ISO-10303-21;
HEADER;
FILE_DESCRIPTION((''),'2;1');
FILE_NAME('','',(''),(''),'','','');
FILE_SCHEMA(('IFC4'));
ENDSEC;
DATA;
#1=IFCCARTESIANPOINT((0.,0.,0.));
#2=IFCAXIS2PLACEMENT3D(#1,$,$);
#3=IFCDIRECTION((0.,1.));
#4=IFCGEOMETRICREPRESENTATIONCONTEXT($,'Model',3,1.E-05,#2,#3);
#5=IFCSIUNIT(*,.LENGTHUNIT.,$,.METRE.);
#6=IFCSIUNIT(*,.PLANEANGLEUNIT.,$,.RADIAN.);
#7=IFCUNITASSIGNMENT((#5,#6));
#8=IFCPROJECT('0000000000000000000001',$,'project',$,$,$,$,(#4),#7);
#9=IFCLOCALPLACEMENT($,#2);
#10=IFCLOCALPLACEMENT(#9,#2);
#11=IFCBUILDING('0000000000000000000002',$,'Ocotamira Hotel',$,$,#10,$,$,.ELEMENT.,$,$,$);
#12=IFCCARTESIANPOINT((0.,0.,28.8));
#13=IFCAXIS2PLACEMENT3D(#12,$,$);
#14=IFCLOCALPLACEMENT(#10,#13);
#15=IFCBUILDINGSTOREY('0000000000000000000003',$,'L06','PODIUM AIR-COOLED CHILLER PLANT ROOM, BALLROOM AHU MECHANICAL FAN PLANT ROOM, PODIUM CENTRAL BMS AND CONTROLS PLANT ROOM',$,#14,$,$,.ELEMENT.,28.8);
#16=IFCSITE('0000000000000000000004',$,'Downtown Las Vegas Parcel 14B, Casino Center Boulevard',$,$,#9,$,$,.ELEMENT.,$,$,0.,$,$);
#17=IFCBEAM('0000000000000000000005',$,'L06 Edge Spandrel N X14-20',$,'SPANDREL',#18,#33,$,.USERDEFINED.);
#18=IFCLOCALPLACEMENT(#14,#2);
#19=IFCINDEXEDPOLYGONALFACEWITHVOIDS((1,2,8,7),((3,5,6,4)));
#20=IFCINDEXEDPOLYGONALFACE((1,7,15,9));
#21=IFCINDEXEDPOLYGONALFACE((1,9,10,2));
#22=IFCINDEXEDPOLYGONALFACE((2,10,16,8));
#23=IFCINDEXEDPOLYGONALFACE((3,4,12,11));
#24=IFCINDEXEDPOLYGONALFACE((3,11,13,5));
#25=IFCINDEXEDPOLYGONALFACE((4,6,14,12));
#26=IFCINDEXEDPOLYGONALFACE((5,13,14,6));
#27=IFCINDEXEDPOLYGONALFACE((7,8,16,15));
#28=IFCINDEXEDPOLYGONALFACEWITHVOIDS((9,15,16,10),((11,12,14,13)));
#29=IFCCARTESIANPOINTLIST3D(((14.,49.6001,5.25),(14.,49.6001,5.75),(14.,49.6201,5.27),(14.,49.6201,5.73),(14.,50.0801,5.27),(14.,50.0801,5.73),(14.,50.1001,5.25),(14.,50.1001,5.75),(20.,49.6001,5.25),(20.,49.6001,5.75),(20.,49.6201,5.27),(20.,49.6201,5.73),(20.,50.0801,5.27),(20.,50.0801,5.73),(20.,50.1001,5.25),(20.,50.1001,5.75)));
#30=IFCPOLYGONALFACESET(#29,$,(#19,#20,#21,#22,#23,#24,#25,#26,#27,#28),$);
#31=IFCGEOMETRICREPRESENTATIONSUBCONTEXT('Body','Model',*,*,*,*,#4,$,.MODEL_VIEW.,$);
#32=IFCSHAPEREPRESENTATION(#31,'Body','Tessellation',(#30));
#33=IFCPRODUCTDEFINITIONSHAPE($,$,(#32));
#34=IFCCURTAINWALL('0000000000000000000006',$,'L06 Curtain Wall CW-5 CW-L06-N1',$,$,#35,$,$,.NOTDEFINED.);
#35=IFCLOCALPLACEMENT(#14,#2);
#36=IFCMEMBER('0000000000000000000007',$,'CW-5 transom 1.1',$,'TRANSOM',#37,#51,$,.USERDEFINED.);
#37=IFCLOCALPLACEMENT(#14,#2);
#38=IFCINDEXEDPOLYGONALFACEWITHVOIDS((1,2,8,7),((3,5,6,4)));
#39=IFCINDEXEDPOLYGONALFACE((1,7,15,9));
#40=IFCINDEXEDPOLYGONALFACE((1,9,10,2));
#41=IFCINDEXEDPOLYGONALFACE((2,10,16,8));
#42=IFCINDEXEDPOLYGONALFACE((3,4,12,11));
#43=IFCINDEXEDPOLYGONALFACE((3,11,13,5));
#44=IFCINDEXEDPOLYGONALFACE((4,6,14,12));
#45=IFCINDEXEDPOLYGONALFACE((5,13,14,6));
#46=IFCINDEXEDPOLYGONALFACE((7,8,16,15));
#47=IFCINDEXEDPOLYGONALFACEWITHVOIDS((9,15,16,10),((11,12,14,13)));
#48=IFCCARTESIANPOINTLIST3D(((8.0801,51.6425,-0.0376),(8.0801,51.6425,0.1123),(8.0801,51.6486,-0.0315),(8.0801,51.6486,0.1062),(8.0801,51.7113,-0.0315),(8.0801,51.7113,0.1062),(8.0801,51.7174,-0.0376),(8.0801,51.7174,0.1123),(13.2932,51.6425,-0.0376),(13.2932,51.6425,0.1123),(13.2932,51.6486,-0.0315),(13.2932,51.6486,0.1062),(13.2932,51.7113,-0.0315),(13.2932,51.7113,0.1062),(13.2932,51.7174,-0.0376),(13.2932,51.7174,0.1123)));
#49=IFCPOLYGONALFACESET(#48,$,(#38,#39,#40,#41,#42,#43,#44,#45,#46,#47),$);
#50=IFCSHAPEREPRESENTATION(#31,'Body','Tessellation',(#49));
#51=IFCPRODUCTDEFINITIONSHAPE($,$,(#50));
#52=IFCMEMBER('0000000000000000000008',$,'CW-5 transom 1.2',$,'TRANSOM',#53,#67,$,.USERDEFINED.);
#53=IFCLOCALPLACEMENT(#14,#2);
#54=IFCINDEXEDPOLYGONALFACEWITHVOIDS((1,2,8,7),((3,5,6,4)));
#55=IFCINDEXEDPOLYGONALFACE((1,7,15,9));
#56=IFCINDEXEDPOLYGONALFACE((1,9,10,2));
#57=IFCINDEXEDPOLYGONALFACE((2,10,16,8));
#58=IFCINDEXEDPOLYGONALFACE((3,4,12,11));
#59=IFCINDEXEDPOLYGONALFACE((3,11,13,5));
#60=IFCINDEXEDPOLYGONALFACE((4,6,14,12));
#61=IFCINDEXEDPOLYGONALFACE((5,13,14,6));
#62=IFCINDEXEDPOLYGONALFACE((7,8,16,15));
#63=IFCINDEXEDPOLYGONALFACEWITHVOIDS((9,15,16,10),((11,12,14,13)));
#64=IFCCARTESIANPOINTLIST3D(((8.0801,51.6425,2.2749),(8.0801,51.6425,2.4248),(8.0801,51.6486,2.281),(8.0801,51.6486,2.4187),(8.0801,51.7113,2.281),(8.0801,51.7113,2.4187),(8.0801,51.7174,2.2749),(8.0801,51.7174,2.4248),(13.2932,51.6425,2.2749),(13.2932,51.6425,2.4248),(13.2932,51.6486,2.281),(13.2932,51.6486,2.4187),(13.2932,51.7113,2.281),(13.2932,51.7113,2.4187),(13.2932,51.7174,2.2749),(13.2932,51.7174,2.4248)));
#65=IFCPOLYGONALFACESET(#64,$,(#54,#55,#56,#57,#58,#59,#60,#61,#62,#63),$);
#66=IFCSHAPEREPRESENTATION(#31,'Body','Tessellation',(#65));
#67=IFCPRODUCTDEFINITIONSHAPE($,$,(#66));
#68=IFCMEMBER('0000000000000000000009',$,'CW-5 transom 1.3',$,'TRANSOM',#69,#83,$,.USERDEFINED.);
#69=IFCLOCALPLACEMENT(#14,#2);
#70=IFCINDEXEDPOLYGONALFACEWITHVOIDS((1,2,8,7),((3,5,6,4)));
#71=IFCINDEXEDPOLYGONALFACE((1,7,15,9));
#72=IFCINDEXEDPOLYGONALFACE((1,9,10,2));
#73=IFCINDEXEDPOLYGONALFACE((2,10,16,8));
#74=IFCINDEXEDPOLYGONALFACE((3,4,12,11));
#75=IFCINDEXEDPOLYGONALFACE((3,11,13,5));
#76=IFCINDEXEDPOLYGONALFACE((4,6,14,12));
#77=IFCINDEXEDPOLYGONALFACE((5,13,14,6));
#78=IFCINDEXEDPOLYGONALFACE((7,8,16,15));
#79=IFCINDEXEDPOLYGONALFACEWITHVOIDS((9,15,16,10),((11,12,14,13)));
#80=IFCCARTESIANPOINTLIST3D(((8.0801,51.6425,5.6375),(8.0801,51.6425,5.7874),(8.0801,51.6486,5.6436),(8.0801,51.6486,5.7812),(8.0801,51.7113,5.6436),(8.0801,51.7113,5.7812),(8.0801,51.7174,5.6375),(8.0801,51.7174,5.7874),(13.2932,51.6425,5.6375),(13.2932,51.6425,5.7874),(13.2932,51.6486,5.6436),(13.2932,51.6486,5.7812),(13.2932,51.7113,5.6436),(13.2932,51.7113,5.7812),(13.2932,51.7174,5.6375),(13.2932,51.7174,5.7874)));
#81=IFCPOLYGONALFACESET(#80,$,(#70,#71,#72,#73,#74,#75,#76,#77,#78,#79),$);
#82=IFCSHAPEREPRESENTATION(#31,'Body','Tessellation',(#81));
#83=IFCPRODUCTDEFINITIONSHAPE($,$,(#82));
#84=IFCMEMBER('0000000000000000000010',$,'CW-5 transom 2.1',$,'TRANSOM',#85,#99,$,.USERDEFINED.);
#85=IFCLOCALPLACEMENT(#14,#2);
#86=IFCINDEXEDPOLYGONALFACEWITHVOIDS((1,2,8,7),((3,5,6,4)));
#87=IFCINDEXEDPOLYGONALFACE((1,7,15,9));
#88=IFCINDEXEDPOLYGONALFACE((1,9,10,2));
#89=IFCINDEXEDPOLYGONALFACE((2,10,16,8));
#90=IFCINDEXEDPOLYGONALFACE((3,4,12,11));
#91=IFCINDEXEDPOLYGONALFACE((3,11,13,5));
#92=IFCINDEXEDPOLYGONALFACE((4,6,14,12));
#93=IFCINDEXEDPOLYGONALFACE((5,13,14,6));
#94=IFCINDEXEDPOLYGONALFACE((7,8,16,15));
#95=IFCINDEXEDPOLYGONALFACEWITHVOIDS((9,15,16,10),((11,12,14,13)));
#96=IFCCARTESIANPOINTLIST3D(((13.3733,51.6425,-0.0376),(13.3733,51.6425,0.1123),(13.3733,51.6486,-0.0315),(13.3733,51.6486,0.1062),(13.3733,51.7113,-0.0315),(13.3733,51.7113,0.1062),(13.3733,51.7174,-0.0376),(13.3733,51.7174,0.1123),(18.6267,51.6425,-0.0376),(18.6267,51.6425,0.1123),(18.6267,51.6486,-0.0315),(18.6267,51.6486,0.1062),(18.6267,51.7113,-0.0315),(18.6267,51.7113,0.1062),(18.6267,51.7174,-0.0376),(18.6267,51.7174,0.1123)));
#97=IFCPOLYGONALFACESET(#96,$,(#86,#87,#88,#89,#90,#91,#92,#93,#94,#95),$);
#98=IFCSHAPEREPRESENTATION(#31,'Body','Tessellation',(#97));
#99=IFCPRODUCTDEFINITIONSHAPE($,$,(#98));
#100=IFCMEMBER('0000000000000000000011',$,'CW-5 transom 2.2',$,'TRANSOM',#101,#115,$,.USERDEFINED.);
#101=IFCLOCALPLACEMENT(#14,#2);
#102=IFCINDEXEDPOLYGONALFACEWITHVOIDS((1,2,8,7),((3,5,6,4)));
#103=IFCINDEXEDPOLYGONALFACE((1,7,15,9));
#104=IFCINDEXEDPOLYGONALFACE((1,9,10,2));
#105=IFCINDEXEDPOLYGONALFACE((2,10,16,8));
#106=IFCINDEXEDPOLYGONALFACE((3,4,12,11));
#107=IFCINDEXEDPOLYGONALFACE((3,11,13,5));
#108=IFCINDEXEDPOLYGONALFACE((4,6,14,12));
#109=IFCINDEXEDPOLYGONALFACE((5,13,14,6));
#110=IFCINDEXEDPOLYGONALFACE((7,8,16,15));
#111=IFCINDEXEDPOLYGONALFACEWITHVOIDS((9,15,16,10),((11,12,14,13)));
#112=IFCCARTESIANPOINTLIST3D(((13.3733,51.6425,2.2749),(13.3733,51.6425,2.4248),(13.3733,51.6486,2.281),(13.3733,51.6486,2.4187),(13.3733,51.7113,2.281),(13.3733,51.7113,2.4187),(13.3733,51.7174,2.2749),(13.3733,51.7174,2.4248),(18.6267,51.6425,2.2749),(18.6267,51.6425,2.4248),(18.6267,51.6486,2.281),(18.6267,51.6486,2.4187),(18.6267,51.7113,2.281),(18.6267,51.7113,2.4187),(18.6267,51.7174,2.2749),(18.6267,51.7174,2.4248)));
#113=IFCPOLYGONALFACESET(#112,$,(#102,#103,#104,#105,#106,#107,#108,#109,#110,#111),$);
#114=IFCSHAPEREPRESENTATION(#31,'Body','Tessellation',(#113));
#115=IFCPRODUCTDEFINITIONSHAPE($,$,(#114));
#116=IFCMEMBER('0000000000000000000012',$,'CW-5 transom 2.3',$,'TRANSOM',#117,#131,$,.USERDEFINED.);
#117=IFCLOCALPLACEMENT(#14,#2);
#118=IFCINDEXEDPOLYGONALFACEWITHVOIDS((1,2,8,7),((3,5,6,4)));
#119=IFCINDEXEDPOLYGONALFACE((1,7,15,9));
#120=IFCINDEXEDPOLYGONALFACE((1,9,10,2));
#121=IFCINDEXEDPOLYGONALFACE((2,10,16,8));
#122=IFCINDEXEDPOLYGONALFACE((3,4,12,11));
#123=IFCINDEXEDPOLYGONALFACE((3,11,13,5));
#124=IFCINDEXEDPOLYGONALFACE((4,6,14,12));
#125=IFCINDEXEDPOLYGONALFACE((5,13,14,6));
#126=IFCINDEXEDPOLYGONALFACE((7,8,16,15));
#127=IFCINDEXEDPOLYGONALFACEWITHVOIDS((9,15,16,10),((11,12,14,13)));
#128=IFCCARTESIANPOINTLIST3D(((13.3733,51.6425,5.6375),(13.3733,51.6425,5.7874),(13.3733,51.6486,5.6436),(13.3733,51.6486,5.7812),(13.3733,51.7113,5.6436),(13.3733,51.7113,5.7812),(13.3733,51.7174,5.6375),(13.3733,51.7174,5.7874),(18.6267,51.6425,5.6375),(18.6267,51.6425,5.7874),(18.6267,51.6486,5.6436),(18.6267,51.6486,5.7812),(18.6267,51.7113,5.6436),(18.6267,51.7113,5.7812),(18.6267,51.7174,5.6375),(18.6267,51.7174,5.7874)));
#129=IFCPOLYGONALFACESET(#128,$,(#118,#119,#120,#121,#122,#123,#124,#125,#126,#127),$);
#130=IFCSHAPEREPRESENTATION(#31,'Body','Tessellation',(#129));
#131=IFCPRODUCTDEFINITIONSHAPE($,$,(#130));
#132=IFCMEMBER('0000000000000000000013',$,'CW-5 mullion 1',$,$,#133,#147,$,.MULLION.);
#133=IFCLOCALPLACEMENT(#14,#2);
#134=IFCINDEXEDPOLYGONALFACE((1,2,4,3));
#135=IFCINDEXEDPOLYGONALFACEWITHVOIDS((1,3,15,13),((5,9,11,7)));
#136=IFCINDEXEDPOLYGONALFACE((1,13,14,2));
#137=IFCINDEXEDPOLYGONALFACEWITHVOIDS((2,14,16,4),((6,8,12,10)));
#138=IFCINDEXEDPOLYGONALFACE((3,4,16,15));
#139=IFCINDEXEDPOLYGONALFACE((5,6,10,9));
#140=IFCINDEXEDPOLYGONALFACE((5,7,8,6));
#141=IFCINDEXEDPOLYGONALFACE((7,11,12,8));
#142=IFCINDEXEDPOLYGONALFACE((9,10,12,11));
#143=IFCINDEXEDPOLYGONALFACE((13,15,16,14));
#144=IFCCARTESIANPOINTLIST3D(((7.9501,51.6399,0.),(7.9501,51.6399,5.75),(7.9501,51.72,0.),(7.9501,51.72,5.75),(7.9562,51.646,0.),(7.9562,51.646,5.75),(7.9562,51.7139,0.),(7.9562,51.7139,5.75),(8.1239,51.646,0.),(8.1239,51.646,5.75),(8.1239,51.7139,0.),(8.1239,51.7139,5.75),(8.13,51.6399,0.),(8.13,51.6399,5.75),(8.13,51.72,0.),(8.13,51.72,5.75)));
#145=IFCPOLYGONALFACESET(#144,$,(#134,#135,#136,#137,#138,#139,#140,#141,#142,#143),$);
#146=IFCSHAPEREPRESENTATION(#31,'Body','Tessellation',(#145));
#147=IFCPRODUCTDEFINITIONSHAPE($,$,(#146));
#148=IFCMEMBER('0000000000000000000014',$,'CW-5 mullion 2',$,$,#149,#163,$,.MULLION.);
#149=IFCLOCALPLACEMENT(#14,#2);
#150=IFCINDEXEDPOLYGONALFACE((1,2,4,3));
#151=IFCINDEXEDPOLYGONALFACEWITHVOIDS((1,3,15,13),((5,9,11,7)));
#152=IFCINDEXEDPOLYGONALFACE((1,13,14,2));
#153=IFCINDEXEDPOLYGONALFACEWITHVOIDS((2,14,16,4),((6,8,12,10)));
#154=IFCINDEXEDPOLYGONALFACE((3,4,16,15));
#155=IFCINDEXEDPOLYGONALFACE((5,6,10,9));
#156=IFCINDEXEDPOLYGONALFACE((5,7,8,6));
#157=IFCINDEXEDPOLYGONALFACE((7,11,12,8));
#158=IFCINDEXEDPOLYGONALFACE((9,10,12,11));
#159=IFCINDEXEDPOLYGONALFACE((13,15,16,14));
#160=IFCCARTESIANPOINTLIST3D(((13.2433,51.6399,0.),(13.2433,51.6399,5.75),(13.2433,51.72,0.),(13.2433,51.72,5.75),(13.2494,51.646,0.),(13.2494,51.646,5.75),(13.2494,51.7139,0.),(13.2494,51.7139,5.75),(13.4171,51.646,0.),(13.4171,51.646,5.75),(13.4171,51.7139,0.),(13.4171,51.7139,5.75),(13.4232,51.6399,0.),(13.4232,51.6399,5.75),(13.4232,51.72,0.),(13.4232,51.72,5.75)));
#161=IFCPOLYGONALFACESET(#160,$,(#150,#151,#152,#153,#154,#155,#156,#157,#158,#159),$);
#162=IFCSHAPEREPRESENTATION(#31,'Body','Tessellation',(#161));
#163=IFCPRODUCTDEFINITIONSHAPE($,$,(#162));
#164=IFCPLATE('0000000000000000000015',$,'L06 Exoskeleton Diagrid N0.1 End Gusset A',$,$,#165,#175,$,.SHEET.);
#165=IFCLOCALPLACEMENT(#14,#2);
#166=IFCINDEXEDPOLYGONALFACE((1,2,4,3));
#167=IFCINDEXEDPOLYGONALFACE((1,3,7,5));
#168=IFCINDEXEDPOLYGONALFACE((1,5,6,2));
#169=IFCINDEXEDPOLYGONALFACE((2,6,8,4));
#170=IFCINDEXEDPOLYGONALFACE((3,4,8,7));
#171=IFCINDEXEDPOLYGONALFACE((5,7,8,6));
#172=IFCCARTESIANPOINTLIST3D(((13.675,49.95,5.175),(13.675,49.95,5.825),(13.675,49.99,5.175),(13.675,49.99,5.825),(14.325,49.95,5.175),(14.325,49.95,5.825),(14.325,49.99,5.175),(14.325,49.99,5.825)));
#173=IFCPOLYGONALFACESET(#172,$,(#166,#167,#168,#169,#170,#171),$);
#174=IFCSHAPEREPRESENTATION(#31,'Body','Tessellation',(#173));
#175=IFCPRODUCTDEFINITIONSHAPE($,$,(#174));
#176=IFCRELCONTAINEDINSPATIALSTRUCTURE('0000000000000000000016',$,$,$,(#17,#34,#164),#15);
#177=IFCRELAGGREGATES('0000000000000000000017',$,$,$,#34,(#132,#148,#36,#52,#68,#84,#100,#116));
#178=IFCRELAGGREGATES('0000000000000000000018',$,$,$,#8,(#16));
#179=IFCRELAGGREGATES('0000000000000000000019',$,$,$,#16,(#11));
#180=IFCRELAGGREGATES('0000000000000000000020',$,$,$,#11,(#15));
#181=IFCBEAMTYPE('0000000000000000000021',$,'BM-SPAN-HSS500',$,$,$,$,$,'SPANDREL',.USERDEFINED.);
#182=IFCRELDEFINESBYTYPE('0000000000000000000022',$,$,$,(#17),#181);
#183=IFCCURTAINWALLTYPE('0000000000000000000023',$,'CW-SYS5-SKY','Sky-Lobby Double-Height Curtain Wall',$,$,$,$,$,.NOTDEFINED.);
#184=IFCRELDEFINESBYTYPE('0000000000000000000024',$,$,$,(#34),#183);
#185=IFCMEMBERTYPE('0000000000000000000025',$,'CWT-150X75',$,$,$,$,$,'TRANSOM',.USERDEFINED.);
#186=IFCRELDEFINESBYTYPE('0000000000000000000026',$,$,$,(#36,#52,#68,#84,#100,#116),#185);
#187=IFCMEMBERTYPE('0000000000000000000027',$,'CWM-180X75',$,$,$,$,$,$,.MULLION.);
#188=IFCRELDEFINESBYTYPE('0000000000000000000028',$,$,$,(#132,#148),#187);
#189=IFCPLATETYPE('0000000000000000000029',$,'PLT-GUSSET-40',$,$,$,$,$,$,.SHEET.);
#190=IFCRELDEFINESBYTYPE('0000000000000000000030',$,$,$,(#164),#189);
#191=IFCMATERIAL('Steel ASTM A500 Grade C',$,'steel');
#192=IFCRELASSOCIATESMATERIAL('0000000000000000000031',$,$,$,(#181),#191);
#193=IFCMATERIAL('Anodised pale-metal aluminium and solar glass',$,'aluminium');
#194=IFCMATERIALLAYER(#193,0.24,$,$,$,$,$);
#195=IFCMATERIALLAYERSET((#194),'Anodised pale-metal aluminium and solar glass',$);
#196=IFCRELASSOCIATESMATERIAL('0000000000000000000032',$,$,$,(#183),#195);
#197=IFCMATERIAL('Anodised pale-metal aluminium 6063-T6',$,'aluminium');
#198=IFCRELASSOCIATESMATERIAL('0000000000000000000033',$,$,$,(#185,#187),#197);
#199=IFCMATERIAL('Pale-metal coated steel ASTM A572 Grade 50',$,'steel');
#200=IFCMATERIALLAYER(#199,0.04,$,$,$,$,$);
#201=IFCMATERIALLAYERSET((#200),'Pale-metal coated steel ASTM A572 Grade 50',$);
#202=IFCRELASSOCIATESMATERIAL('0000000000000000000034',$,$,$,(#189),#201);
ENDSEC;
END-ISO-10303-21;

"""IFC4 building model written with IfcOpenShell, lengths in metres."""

from ifc_helpers import new_model, si_unit, direction, frame, origin, origin_2d, place, context, subcontext, project, spatial, rectangle, hollow_rectangle, extrude, source, transform, mapped, material, layer, layer_set, material_profile, profile_set, type_object, element, aggregate, save


model = new_model("IFC4")

# Units and contexts
model_context = context("Model", 3, precision=1e-05, world=origin(), true_north=direction((0.0, 1.0)))
body_context = subcontext(model_context, "Body", "Model", "MODEL_VIEW")
ifc_project = project(units=[si_unit("LENGTHUNIT", "METRE"), si_unit("PLANEANGLEUNIT", "RADIAN")], contexts=[model_context])

# Site, building, storey
site_placement = place(None, origin())
site = spatial("IfcSite", under=ifc_project, at=site_placement, Name="Downtown Las Vegas Parcel 14B, Casino Center Boulevard", CompositionType="ELEMENT", RefElevation=0.0)
building_placement = place(site_placement, origin())
building = spatial("IfcBuilding", under=site, at=building_placement, Name="Ocotamira Hotel", CompositionType="ELEMENT")
storey_placement = place(building_placement, frame((0.0, 0.0, 28.8)))
storey = spatial("IfcBuildingStorey", under=building, at=storey_placement, Name="L06", Description="PODIUM AIR-COOLED CHILLER PLANT ROOM, BALLROOM AHU MECHANICAL FAN PLANT ROOM, PODIUM CENTRAL BMS AND CONTROLS PLANT ROOM", CompositionType="ELEMENT", Elevation=28.8)

# Beam
ifc_material_1 = material(Name="Steel ASTM A500 Grade C", Category="steel")
ifc_material_profile_1 = material_profile(ifc_material_1, hollow_rectangle(XDim=0.5, YDim=0.5, WallThickness=0.02, at=origin_2d()), Name="HSS500X500X20")
ifc_profile_set_1 = profile_set([ifc_material_profile_1], Name="Steel ASTM A500 Grade C")
beam_type_1 = type_object("IfcBeamType", Name="BM-SPAN-HSS500", ElementType="SPANDREL", PredefinedType="USERDEFINED", material=ifc_profile_set_1)
shared_shape_1 = source(origin(), body_context, "Body", "SweptSolid", [
    extrude(hollow_rectangle(XDim=0.5, YDim=0.5, WallThickness=0.02, at=origin_2d()), origin(), (0.0, 0.0, 1.0), 6.0),
])
beam_1_placement = place(storey_placement, frame((14.0, 49.8501, 5.5), z_axis=(1.0, 0.0, 0.0), x_axis=(0.0, 1.0, 0.0)))
element("IfcBeam", 1, at=beam_1_placement, inside=storey, type_object=beam_type_1, Name="L06 Edge Spandrel N X14-20", ObjectType="SPANDREL", PredefinedType="USERDEFINED", context=body_context, shape_type="MappedRepresentation", body=[
    mapped(shared_shape_1, transform((0.0, 0.0, 0.0), scale=1.0)),
])

# Curtain wall, members
ifc_material_2 = material(Name="Anodised pale-metal aluminium and solar glass", Category="aluminium")
ifc_layer_1 = layer(ifc_material_2, 0.24)
ifc_layer_set_1 = layer_set([ifc_layer_1], Name="Anodised pale-metal aluminium and solar glass")
curtain_wall_type = type_object("IfcCurtainWallType", Name="CW-SYS5-SKY", Description="Sky-Lobby Double-Height Curtain Wall", PredefinedType="NOTDEFINED", material=ifc_layer_set_1)
curtain_wall_placement = place(storey_placement, origin())
curtain_wall = element("IfcCurtainWall", 2, at=curtain_wall_placement, inside=storey, type_object=curtain_wall_type, Name="L06 Curtain Wall CW-5 CW-L06-N1", PredefinedType="NOTDEFINED")
ifc_material_3 = material(Name="Anodised pale-metal aluminium 6063-T6", Category="aluminium")
ifc_material_profile_2 = material_profile(ifc_material_3, hollow_rectangle(XDim=0.075, YDim=0.1499, WallThickness=0.0061, at=origin_2d()), Name="HSS150X75X6")
ifc_profile_set_2 = profile_set([ifc_material_profile_2], Name="Anodised pale-metal aluminium 6063-T6")
member_type_1 = type_object("IfcMemberType", Name="CWT-150X75", ElementType="TRANSOM", PredefinedType="USERDEFINED", material=ifc_profile_set_2)
shared_shape_2 = source(origin(), body_context, "Body", "SweptSolid", [
    extrude(hollow_rectangle(XDim=0.075, YDim=0.1499, WallThickness=0.0061, at=origin_2d()), origin(), (0.0, 0.0, 1.0), 5.2131),
])
member_1_placement = place(storey_placement, frame((8.0801, 51.6799, 0.0374), z_axis=(1.0, 0.0, 0.0), x_axis=(0.0, 1.0, 0.0)))
member_1 = element("IfcMember", 3, at=member_1_placement, type_object=member_type_1, Name="CW-5 transom 1.1", ObjectType="TRANSOM", PredefinedType="USERDEFINED", context=body_context, shape_type="MappedRepresentation", body=[
    mapped(shared_shape_2, transform((0.0, 0.0, 0.0), scale=1.0)),
])
member_2_placement = place(storey_placement, frame((8.0801, 51.6799, 2.3499), z_axis=(1.0, 0.0, 0.0), x_axis=(0.0, 1.0, 0.0)))
member_2 = element("IfcMember", 4, at=member_2_placement, type_object=member_type_1, Name="CW-5 transom 1.2", ObjectType="TRANSOM", PredefinedType="USERDEFINED", context=body_context, shape_type="MappedRepresentation", body=[
    mapped(shared_shape_2, transform((0.0, 0.0, 0.0), scale=1.0)),
])
member_3_placement = place(storey_placement, frame((8.0801, 51.6799, 5.7124), z_axis=(1.0, 0.0, 0.0), x_axis=(0.0, 1.0, 0.0)))
member_3 = element("IfcMember", 5, at=member_3_placement, type_object=member_type_1, Name="CW-5 transom 1.3", ObjectType="TRANSOM", PredefinedType="USERDEFINED", context=body_context, shape_type="MappedRepresentation", body=[
    mapped(shared_shape_2, transform((0.0, 0.0, 0.0), scale=1.0)),
])
shared_shape_3 = source(origin(), body_context, "Body", "SweptSolid", [
    extrude(hollow_rectangle(XDim=0.075, YDim=0.1499, WallThickness=0.0061, at=origin_2d()), origin(), (0.0, 0.0, 1.0), 5.2534),
])
member_4_placement = place(storey_placement, frame((13.3733, 51.6799, 0.0374), z_axis=(1.0, 0.0, 0.0), x_axis=(0.0, 1.0, 0.0)))
member_4 = element("IfcMember", 6, at=member_4_placement, type_object=member_type_1, Name="CW-5 transom 2.1", ObjectType="TRANSOM", PredefinedType="USERDEFINED", context=body_context, shape_type="MappedRepresentation", body=[
    mapped(shared_shape_3, transform((0.0, 0.0, 0.0), scale=1.0)),
])
member_5_placement = place(storey_placement, frame((13.3733, 51.6799, 2.3499), z_axis=(1.0, 0.0, 0.0), x_axis=(0.0, 1.0, 0.0)))
member_5 = element("IfcMember", 7, at=member_5_placement, type_object=member_type_1, Name="CW-5 transom 2.2", ObjectType="TRANSOM", PredefinedType="USERDEFINED", context=body_context, shape_type="MappedRepresentation", body=[
    mapped(shared_shape_3, transform((0.0, 0.0, 0.0), scale=1.0)),
])
member_6_placement = place(storey_placement, frame((13.3733, 51.6799, 5.7124), z_axis=(1.0, 0.0, 0.0), x_axis=(0.0, 1.0, 0.0)))
member_6 = element("IfcMember", 8, at=member_6_placement, type_object=member_type_1, Name="CW-5 transom 2.3", ObjectType="TRANSOM", PredefinedType="USERDEFINED", context=body_context, shape_type="MappedRepresentation", body=[
    mapped(shared_shape_3, transform((0.0, 0.0, 0.0), scale=1.0)),
])
ifc_material_profile_3 = material_profile(ifc_material_3, hollow_rectangle(XDim=0.0801, YDim=0.1799, WallThickness=0.0061, at=origin_2d()), Name="HSS180X80X6")
ifc_profile_set_3 = profile_set([ifc_material_profile_3], Name="Anodised pale-metal aluminium 6063-T6")
member_type_2 = type_object("IfcMemberType", Name="CWM-180X75", PredefinedType="MULLION", material=ifc_profile_set_3)
shared_shape_4 = source(origin(), body_context, "Body", "SweptSolid", [
    extrude(hollow_rectangle(XDim=0.0801, YDim=0.1799, WallThickness=0.0061, at=origin_2d()), origin(), (0.0, 0.0, 1.0), 5.75),
])
member_7_placement = place(storey_placement, frame((8.04, 51.6799, 0.0), z_axis=(0.0, 0.0, 1.0), x_axis=(0.0, 1.0, 0.0)))
member_7 = element("IfcMember", 9, at=member_7_placement, type_object=member_type_2, Name="CW-5 mullion 1", PredefinedType="MULLION", context=body_context, shape_type="MappedRepresentation", body=[
    mapped(shared_shape_4, transform((0.0, 0.0, 0.0), scale=1.0)),
])
member_8_placement = place(storey_placement, frame((13.3333, 51.6799, 0.0), z_axis=(0.0, 0.0, 1.0), x_axis=(0.0, 1.0, 0.0)))
member_8 = element("IfcMember", 10, at=member_8_placement, type_object=member_type_2, Name="CW-5 mullion 2", PredefinedType="MULLION", context=body_context, shape_type="MappedRepresentation", body=[
    mapped(shared_shape_4, transform((0.0, 0.0, 0.0), scale=1.0)),
])

# Plate
ifc_material_4 = material(Name="Pale-metal coated steel ASTM A572 Grade 50", Category="steel")
ifc_layer_2 = layer(ifc_material_4, 0.04)
ifc_layer_set_2 = layer_set([ifc_layer_2], Name="Pale-metal coated steel ASTM A572 Grade 50")
plate_type_1 = type_object("IfcPlateType", Name="PLT-GUSSET-40", PredefinedType="SHEET", material=ifc_layer_set_2)
shared_shape_5 = source(origin(), body_context, "Body", "SweptSolid", [
    extrude(rectangle(XDim=0.6499, YDim=0.04, at=origin_2d()), origin(), (0.0, 0.0, 1.0), 0.6499),
])
plate_1_placement = place(storey_placement, frame((14.0, 49.97, 5.175), z_axis=(0.0, 0.0, 1.0), x_axis=(1.0, 0.0, 0.0)))
element("IfcPlate", 11, at=plate_1_placement, inside=storey, type_object=plate_type_1, Name="L06 Exoskeleton Diagrid N0.1 End Gusset A", PredefinedType="SHEET", context=body_context, shape_type="MappedRepresentation", body=[
    mapped(shared_shape_5, transform((0.0, 0.0, 0.0), scale=1.0)),
])

aggregate(curtain_wall, [member_7, member_8, member_1, member_2, member_3, member_4, member_5, member_6])

save(model, "model.ifc")
